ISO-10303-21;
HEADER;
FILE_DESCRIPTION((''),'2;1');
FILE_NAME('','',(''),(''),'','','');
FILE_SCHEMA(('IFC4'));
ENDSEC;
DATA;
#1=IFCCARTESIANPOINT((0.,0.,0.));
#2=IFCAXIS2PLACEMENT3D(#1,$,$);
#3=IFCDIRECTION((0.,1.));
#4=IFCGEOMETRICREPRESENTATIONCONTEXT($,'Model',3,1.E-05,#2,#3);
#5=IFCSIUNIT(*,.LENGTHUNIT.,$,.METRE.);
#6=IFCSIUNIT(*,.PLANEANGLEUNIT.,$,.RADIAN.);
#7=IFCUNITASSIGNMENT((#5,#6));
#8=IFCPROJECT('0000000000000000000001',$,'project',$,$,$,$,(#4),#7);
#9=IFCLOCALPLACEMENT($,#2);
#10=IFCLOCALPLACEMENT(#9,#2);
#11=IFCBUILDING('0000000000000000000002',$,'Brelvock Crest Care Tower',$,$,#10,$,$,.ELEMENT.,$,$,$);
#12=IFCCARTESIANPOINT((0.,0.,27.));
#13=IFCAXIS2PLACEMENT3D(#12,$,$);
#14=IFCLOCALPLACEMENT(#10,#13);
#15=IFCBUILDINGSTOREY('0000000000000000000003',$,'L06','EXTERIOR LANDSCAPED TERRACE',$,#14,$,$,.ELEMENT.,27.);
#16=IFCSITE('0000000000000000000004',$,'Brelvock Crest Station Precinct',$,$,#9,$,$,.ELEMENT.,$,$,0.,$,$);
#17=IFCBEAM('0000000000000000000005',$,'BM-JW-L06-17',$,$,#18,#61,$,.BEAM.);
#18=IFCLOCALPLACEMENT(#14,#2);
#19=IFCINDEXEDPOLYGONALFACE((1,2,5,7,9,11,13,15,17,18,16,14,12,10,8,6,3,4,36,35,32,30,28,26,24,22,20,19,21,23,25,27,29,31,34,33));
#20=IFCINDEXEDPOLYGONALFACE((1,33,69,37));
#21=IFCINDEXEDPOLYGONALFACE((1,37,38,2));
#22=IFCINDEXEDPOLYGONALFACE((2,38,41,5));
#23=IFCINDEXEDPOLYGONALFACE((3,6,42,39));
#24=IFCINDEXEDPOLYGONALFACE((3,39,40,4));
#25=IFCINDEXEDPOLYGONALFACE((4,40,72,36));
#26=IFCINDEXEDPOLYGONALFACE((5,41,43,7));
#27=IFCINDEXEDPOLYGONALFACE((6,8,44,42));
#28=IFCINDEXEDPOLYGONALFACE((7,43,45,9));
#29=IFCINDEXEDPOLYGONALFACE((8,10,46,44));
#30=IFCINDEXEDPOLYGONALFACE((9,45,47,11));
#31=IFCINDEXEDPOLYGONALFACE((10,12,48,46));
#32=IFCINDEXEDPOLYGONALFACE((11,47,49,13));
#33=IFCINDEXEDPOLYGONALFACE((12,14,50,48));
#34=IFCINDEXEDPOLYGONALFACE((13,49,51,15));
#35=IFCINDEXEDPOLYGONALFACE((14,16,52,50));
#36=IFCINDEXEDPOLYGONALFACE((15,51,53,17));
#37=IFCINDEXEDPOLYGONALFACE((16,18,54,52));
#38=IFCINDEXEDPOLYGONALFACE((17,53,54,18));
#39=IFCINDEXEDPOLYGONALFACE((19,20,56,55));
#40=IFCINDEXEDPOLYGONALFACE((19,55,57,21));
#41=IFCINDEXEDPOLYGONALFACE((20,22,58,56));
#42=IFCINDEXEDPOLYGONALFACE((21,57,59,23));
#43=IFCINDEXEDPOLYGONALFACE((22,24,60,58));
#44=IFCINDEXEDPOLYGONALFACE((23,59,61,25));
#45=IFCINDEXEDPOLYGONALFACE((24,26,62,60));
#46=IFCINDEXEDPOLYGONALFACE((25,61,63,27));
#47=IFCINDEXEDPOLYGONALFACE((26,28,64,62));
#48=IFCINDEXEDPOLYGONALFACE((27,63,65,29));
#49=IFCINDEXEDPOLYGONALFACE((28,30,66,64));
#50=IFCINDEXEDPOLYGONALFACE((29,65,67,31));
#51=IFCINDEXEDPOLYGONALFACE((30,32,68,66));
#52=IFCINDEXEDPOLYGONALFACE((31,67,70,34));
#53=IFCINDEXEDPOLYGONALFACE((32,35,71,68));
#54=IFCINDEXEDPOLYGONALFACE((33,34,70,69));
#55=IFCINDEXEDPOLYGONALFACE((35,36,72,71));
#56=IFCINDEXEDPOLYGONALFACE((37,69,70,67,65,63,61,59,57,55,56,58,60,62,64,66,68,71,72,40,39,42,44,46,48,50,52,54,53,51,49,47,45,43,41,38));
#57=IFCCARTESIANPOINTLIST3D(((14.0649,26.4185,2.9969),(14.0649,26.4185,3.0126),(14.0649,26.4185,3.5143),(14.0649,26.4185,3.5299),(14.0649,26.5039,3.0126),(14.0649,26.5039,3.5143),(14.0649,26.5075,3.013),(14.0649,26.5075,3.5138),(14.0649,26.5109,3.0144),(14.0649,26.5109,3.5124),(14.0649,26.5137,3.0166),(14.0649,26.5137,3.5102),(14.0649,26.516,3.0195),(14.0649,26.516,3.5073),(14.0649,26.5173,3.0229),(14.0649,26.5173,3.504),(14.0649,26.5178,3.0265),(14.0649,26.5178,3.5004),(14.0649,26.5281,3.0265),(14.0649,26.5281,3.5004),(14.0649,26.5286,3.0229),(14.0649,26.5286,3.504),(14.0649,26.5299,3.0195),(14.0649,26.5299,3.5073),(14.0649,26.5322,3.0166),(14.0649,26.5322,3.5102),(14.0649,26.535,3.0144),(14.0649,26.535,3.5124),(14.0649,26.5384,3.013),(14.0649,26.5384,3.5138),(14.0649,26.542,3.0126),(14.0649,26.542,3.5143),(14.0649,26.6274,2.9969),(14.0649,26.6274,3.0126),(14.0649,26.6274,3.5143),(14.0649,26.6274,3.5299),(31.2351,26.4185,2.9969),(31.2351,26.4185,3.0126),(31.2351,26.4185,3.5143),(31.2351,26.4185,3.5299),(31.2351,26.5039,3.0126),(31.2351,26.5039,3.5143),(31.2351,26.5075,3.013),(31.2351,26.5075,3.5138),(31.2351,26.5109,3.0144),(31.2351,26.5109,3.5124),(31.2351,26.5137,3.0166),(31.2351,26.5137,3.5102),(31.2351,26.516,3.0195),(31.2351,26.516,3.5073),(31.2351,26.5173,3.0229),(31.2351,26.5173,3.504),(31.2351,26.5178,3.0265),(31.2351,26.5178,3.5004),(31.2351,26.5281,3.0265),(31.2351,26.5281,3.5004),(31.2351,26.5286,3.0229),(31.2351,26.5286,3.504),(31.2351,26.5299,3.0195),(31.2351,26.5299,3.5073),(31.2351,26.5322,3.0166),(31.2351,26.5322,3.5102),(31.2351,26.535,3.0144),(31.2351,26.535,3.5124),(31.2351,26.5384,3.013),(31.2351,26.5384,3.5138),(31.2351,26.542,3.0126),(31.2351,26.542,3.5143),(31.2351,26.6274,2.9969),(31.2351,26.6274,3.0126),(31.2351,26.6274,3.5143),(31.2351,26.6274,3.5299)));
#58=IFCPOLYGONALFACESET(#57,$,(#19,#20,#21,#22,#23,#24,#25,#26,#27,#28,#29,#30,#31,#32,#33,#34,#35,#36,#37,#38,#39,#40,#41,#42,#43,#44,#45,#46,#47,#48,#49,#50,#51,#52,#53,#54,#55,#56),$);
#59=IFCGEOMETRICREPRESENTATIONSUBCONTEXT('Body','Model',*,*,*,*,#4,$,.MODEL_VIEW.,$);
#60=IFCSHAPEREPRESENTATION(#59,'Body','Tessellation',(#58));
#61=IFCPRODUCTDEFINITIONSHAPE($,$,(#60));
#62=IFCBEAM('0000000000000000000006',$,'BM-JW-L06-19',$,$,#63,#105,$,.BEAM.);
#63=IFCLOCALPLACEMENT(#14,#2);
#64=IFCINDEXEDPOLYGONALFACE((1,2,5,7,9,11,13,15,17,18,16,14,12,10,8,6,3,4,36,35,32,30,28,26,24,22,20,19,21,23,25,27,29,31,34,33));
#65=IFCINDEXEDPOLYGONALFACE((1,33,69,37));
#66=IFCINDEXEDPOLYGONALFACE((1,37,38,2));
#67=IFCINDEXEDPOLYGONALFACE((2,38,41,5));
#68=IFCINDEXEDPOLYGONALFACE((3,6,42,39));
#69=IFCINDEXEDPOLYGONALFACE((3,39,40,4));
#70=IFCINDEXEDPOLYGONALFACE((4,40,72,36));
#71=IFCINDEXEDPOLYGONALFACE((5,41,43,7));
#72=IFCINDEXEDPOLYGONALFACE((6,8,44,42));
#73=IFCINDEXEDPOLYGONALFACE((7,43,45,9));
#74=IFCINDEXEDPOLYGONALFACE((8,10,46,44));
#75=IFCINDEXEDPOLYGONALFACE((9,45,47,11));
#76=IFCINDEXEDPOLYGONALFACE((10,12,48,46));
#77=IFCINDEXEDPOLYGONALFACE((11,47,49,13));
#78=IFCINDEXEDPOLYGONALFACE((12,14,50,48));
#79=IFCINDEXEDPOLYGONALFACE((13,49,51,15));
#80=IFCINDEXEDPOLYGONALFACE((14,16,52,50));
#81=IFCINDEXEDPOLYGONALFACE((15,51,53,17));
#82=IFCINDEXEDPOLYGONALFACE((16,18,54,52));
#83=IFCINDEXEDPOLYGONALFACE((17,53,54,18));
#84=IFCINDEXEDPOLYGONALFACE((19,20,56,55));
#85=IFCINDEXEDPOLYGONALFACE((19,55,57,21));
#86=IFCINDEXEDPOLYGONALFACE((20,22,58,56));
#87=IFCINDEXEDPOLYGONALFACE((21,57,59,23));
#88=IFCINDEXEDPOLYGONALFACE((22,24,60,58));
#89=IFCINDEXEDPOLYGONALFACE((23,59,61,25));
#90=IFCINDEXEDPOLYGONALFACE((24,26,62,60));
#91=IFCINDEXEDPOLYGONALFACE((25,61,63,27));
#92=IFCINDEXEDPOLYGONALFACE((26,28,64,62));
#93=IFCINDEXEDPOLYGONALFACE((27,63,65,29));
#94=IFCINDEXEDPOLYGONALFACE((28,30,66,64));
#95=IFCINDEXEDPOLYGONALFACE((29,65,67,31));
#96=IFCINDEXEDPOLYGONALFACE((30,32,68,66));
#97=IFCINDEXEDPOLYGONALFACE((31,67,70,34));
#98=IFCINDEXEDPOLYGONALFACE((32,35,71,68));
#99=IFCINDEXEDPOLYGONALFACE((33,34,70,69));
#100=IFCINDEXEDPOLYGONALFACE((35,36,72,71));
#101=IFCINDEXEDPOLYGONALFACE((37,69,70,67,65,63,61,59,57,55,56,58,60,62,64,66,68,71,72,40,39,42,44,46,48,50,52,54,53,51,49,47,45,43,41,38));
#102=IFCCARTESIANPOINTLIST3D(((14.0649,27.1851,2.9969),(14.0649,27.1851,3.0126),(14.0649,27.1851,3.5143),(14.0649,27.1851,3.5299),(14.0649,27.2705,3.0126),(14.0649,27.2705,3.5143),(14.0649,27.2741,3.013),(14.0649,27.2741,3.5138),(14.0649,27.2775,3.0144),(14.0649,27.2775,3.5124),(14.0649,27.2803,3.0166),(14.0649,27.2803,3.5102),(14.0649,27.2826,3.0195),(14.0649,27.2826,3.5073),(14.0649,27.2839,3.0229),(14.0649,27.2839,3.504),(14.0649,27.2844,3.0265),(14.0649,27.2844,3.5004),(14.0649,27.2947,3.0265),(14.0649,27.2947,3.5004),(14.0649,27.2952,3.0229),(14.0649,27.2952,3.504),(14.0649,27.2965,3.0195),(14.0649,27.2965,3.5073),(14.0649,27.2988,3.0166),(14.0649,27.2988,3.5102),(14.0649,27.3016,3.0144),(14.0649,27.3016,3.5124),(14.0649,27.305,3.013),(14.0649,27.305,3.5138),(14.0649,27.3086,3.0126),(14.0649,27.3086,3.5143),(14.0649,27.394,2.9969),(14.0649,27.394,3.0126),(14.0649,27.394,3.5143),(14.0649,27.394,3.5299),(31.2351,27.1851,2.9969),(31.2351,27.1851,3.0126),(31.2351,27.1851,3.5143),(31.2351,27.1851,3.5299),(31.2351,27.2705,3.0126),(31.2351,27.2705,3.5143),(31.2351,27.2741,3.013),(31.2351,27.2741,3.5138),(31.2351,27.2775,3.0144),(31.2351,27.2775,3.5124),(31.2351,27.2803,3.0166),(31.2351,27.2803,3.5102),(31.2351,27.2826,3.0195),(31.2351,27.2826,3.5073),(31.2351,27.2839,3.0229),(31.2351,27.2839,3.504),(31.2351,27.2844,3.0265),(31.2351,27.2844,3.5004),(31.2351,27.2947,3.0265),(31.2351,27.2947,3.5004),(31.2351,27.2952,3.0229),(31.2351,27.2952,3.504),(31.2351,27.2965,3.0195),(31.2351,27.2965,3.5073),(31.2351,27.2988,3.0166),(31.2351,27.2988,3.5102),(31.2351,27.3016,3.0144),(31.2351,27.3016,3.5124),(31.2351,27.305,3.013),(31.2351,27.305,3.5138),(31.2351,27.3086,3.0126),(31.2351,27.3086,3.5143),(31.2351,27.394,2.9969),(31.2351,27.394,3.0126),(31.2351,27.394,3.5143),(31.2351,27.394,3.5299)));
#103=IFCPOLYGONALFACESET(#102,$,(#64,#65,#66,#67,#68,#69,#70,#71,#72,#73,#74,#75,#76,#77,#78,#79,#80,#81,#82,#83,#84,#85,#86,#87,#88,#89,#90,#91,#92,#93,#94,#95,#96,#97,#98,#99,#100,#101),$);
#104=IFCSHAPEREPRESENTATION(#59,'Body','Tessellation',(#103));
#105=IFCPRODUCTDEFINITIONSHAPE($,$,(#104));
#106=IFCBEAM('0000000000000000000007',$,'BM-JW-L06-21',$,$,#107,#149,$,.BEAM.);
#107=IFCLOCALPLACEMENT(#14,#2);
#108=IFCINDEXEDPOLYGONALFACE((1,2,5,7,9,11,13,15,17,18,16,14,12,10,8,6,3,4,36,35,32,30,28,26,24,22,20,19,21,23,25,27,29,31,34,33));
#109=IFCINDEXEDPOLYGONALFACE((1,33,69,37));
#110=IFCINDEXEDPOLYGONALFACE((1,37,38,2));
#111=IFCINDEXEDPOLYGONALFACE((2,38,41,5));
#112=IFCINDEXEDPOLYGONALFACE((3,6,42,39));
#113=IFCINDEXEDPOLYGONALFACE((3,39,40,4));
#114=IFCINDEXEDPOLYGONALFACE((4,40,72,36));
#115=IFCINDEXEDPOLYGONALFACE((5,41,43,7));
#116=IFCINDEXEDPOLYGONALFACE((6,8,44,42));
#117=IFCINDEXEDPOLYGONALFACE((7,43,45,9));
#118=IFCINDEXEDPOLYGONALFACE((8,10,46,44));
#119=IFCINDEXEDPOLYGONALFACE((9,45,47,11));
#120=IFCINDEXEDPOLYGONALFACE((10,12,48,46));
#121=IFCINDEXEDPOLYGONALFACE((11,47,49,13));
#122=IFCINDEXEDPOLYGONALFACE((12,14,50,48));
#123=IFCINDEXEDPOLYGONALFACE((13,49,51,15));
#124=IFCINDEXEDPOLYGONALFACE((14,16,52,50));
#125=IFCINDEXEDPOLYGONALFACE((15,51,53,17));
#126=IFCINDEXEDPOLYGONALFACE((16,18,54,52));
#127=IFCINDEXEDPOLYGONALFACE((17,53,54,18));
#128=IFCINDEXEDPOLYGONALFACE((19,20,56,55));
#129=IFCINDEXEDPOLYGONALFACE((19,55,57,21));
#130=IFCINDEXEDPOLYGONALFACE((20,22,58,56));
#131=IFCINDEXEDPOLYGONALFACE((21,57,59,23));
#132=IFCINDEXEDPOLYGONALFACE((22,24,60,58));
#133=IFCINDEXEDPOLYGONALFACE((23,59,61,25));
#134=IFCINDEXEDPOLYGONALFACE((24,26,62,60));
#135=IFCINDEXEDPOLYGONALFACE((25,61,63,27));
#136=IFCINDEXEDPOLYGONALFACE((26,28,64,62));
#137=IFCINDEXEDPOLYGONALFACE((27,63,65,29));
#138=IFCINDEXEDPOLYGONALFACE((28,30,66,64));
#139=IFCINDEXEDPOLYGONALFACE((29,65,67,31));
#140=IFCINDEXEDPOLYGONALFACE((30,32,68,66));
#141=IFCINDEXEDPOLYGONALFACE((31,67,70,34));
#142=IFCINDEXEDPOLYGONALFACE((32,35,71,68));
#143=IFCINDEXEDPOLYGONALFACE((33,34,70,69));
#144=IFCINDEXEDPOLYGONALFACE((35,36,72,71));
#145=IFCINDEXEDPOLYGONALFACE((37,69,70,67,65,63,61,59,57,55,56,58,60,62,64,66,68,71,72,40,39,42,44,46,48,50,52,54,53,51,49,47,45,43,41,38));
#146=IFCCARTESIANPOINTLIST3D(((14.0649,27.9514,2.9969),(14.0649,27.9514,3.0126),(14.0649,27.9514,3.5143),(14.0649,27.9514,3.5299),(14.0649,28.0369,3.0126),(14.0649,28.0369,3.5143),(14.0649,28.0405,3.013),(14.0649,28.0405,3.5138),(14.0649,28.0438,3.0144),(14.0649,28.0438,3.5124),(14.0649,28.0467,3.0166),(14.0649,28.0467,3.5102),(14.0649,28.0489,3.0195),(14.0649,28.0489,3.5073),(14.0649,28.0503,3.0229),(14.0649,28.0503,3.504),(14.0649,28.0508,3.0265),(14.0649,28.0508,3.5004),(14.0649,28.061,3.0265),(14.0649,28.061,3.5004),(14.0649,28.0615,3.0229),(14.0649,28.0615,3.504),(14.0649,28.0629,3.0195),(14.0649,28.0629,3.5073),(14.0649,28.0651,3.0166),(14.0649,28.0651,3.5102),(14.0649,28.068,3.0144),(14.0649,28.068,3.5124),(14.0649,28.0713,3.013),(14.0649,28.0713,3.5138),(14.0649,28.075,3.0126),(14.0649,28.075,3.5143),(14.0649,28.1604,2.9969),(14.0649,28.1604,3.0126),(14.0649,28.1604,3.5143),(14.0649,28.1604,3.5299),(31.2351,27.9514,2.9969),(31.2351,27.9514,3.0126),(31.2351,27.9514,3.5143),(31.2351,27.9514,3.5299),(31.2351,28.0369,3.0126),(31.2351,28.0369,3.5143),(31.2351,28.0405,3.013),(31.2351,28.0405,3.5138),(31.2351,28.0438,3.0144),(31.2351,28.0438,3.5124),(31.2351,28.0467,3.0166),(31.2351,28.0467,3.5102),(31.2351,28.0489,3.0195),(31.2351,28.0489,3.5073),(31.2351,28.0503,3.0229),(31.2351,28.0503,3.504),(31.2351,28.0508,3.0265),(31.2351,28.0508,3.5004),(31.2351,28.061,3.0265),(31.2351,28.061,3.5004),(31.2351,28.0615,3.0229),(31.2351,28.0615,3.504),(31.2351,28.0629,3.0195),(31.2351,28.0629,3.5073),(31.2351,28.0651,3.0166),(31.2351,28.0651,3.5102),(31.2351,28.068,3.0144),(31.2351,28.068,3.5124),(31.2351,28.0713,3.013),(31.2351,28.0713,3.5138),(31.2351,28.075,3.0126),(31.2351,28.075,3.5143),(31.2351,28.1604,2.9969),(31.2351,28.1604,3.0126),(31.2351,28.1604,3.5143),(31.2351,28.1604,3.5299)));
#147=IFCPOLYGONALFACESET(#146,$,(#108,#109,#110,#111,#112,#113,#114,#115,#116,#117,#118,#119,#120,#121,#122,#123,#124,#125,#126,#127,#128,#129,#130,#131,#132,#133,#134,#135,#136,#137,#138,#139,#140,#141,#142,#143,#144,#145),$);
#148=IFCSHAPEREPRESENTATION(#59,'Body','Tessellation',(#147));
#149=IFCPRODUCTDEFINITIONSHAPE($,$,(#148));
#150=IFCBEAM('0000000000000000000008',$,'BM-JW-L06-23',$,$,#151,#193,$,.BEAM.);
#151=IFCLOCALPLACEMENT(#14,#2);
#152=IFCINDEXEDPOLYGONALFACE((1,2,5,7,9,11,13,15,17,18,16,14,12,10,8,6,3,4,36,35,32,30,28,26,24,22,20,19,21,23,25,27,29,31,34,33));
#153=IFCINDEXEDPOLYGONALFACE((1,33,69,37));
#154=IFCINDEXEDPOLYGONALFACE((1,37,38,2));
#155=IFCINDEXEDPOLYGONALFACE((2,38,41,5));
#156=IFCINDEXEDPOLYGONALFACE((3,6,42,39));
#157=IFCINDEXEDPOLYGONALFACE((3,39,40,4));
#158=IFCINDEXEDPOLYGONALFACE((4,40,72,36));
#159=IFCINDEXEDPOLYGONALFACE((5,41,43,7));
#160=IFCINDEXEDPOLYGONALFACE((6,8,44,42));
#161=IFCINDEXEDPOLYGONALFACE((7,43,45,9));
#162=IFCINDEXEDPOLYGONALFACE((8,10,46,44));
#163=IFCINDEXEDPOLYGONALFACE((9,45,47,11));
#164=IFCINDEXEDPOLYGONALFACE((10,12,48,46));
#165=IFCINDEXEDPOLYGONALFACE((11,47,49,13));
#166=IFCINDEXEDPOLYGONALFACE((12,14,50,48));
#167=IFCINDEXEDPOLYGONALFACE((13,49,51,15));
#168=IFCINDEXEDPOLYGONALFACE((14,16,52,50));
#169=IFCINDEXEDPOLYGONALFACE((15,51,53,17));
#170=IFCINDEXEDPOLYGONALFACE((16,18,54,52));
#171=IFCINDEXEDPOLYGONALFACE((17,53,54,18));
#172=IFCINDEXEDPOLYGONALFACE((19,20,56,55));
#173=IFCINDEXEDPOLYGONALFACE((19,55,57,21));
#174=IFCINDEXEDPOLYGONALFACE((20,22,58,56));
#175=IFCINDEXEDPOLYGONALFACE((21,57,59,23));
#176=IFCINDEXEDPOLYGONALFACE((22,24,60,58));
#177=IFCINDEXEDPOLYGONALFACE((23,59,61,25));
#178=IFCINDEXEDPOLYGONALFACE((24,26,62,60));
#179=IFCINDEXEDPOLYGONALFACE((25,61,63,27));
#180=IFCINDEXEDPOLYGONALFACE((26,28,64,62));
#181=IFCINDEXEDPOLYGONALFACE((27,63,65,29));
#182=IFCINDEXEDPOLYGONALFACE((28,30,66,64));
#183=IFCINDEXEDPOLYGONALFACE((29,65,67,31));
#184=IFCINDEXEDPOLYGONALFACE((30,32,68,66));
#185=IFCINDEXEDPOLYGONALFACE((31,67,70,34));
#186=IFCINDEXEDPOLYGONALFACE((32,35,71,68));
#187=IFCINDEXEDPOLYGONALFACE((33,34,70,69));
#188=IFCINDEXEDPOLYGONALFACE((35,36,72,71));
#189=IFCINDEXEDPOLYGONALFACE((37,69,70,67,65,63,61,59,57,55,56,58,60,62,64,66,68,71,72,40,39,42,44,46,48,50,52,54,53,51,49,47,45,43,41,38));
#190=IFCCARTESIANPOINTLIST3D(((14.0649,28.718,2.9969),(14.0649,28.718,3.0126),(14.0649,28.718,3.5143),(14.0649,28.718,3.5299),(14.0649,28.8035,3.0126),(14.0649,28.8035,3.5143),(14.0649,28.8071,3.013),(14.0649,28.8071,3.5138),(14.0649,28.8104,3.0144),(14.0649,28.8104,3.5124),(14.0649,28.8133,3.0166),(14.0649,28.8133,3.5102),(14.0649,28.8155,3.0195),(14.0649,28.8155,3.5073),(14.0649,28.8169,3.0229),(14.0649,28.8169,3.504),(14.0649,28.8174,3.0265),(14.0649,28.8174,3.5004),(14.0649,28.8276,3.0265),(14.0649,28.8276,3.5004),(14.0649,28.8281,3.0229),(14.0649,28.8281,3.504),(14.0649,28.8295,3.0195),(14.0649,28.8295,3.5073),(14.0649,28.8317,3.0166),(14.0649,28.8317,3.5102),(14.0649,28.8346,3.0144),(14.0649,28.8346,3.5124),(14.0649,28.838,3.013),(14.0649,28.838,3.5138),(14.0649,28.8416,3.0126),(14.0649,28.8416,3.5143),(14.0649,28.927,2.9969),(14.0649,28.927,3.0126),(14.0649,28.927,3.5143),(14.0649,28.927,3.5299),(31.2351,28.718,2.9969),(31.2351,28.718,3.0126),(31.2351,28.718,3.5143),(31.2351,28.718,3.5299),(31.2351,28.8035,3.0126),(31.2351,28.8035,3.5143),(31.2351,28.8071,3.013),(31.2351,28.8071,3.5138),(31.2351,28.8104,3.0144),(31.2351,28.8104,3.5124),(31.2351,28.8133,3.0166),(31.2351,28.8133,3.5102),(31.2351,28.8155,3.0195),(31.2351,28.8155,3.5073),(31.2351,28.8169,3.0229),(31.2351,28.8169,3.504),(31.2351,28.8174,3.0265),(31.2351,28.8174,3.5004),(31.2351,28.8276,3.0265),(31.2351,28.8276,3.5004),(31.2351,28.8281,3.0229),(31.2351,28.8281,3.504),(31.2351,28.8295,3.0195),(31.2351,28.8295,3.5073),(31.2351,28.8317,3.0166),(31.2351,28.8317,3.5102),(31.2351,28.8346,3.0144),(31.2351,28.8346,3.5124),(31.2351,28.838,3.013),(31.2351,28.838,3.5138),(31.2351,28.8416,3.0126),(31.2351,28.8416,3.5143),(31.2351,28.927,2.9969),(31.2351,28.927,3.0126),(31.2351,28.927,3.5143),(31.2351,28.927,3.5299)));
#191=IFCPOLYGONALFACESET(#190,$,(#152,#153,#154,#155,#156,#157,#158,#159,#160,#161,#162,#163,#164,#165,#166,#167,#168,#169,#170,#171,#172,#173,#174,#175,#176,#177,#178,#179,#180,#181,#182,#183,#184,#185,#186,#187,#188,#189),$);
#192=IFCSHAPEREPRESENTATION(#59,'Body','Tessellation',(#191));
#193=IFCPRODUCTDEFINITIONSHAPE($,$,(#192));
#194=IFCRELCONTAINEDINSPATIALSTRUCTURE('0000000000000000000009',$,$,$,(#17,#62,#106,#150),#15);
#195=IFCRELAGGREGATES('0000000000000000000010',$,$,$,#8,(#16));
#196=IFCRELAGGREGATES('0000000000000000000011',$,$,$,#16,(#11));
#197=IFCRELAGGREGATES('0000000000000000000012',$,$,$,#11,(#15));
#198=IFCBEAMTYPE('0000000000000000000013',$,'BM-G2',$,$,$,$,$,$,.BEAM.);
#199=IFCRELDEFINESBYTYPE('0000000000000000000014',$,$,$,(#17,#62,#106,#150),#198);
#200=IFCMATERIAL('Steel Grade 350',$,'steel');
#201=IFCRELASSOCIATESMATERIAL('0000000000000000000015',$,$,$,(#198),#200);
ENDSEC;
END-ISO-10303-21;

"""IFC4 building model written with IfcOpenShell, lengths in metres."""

from ifc_helpers import new_model, si_unit, direction, frame, origin, origin_2d, place, context, subcontext, project, spatial, i_section, extrude, source, transform, mapped, material, material_profile, profile_set, type_object, element, save


model = new_model("IFC4")

# Units and contexts
model_context = context("Model", 3, precision=1e-05, world=origin(), true_north=direction((0.0, 1.0)))
body_context = subcontext(model_context, "Body", "Model", "MODEL_VIEW")
ifc_project = project(units=[si_unit("LENGTHUNIT", "METRE"), si_unit("PLANEANGLEUNIT", "RADIAN")], contexts=[model_context])

# Site, building, storey
site_placement = place(None, origin())
site = spatial("IfcSite", under=ifc_project, at=site_placement, Name="Brelvock Crest Station Precinct", CompositionType="ELEMENT", RefElevation=0.0)
building_placement = place(site_placement, origin())
building = spatial("IfcBuilding", under=site, at=building_placement, Name="Brelvock Crest Care Tower", CompositionType="ELEMENT")
storey_placement = place(building_placement, frame((0.0, 0.0, 27.0)))
storey = spatial("IfcBuildingStorey", under=building, at=storey_placement, Name="L06", Description="EXTERIOR LANDSCAPED TERRACE", CompositionType="ELEMENT", Elevation=27.0)

# Beams
ifc_material_1 = material(Name="Steel Grade 350", Category="steel")
ifc_material_profile_1 = material_profile(ifc_material_1, i_section(OverallWidth=0.209, OverallDepth=0.533, WebThickness=0.0103, FlangeThickness=0.0156, FilletRadius=0.0139, at=origin_2d()), Name="530UB92.4")
ifc_profile_set_1 = profile_set([ifc_material_profile_1], Name="Steel Grade 350")
beam_type_1 = type_object("IfcBeamType", Name="BM-G2", PredefinedType="BEAM", material=ifc_profile_set_1)
shared_shape_1 = source(origin(), body_context, "Body", "SweptSolid", [
    extrude(i_section(OverallWidth=0.209, OverallDepth=0.533, WebThickness=0.0103, FlangeThickness=0.0156, FilletRadius=0.0139, at=origin_2d()), origin(), (0.0, 0.0, 1.0), 17.1702),
])
for number, where, z_axis, x_axis, name in (
    (1, (14.0649, 26.5229, 3.2634), (1.0, 0.0, 0.0), (0.0, 1.0, 0.0), "BM-JW-L06-17"),
    (2, (14.0649, 27.2896, 3.2634), (1.0, 0.0, 0.0), (0.0, 1.0, 0.0), "BM-JW-L06-19"),
    (3, (14.0649, 28.0559, 3.2634), (1.0, 0.0, 0.0), (0.0, 1.0, 0.0), "BM-JW-L06-21"),
    (4, (14.0649, 28.8225, 3.2634), (1.0, 0.0, 0.0), (0.0, 1.0, 0.0), "BM-JW-L06-23"),
):
    element("IfcBeam", number, at=place(storey_placement, frame(where, z_axis=z_axis, x_axis=x_axis)), inside=storey, type_object=beam_type_1, Name=name, PredefinedType="BEAM", context=body_context, shape_type="MappedRepresentation", body=[
        mapped(shared_shape_1, transform((0.0, 0.0, 0.0), x_axis=(1.0, 0.0, 0.0), y_axis=(0.0, 1.0, 0.0), z_axis=(0.0, 0.0, 1.0), scale=1.0)),
    ])

save(model, "model.ifc")
